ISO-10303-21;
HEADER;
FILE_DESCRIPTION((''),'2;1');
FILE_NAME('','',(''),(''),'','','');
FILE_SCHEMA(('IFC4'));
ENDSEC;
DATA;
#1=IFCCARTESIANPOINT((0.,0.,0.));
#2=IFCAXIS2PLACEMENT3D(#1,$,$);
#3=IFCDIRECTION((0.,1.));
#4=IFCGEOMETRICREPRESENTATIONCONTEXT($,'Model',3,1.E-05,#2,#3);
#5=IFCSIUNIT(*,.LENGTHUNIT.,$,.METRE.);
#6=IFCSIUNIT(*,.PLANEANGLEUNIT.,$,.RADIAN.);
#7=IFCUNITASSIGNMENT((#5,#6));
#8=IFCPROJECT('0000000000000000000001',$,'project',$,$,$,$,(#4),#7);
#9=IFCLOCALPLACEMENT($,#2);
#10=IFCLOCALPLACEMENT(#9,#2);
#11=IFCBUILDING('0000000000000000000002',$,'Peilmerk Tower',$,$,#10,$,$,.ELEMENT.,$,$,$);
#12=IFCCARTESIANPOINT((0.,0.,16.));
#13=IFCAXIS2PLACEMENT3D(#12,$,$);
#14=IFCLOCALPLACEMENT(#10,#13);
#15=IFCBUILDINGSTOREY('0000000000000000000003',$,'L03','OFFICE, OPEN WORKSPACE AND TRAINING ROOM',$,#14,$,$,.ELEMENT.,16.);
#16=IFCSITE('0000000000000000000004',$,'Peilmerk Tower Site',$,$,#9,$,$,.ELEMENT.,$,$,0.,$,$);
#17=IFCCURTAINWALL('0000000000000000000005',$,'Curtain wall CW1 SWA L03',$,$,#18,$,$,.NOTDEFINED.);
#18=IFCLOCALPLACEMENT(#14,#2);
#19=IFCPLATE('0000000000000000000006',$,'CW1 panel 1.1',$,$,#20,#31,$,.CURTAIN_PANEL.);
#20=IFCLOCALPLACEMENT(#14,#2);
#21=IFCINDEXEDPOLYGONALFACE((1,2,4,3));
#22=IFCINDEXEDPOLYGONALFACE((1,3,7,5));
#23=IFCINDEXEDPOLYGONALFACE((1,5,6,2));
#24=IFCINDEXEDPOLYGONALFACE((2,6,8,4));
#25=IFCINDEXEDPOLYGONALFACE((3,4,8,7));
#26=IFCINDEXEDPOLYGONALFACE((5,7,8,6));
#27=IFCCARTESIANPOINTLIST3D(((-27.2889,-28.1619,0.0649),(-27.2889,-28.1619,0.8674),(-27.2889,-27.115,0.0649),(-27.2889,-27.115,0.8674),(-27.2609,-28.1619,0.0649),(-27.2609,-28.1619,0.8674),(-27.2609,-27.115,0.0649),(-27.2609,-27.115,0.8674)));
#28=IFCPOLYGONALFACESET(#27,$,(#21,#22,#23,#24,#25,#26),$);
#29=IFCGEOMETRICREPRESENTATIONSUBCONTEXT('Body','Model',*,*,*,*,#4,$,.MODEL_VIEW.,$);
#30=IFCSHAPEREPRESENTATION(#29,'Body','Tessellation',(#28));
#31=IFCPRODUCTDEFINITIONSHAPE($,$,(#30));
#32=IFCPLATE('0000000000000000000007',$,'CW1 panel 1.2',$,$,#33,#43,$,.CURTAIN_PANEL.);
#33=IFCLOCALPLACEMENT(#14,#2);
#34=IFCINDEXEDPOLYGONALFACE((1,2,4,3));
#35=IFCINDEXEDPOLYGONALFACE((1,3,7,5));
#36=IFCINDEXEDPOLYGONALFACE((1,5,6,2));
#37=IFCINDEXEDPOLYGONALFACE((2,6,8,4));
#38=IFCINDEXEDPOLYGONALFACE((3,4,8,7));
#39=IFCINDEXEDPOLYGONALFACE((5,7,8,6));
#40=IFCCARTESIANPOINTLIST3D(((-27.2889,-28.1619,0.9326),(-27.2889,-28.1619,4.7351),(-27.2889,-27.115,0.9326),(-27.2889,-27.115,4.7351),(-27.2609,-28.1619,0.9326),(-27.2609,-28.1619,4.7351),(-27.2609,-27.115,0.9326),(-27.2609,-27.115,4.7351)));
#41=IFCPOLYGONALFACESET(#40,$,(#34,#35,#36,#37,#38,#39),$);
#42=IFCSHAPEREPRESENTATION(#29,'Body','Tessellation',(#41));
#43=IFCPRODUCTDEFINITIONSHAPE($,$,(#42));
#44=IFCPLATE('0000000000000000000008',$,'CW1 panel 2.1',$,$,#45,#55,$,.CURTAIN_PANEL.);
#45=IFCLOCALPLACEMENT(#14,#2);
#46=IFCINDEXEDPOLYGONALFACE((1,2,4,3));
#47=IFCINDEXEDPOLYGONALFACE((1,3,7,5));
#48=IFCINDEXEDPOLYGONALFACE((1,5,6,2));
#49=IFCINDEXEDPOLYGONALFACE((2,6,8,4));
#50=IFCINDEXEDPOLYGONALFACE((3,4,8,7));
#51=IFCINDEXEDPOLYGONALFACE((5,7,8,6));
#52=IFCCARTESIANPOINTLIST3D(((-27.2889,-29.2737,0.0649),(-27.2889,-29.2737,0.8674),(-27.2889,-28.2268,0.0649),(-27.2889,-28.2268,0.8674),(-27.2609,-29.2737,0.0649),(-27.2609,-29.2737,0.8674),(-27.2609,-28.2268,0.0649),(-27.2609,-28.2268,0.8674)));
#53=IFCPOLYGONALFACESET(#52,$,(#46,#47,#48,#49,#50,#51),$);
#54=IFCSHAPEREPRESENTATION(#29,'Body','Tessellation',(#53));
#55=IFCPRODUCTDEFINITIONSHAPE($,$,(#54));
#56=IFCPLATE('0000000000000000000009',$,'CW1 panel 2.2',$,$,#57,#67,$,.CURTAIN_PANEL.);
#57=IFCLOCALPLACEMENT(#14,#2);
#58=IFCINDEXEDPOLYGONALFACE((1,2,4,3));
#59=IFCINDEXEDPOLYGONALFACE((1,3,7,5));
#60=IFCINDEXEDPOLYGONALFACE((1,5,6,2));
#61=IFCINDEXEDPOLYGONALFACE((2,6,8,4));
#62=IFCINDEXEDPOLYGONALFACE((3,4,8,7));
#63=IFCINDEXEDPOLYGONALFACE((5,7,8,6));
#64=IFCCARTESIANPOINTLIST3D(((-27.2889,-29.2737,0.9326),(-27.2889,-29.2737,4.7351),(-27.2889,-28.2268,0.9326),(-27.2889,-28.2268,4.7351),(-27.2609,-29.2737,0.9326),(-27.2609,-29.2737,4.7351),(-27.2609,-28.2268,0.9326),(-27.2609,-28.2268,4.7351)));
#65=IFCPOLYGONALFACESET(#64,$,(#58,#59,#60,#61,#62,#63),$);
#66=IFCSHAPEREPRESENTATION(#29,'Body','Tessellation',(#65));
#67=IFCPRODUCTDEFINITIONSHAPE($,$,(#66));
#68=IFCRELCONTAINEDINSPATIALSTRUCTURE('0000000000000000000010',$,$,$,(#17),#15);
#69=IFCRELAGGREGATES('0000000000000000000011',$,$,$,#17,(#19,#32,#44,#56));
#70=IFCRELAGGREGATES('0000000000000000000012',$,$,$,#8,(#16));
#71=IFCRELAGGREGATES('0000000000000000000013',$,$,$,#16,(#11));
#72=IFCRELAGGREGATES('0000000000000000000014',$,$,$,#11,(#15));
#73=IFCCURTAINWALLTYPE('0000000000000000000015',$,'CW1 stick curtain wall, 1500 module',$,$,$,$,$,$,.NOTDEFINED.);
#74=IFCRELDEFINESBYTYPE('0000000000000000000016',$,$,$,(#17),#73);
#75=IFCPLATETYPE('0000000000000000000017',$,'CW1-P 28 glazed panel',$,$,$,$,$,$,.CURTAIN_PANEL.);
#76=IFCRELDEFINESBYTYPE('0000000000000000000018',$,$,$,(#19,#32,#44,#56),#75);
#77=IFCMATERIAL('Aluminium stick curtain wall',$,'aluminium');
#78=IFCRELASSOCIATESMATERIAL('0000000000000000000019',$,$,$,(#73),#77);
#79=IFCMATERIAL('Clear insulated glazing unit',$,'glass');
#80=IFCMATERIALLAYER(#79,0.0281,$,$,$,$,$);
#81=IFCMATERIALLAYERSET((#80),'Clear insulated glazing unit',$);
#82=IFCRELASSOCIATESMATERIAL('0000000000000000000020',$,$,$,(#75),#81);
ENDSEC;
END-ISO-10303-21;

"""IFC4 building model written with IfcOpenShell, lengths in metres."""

from ifc_helpers import new_model, si_unit, direction, frame, origin, origin_2d, place, context, subcontext, project, spatial, rectangle, extrude, material, layer, layer_set, type_object, element, aggregate, save


model = new_model("IFC4")

# Units and contexts
model_context = context("Model", 3, precision=1e-05, world=origin(), true_north=direction((0.0, 1.0)))
body_context = subcontext(model_context, "Body", "Model", "MODEL_VIEW")
ifc_project = project(units=[si_unit("LENGTHUNIT", "METRE"), si_unit("PLANEANGLEUNIT", "RADIAN")], contexts=[model_context])

# Site, building, storey
site_placement = place(None, origin())
site = spatial("IfcSite", under=ifc_project, at=site_placement, Name="Peilmerk Tower Site", CompositionType="ELEMENT", RefElevation=0.0)
building_placement = place(site_placement, origin())
building = spatial("IfcBuilding", under=site, at=building_placement, Name="Peilmerk Tower", CompositionType="ELEMENT")
storey_placement = place(building_placement, frame((0.0, 0.0, 16.0)))
storey = spatial("IfcBuildingStorey", under=building, at=storey_placement, Name="L03", Description="OFFICE, OPEN WORKSPACE AND TRAINING ROOM", CompositionType="ELEMENT", Elevation=16.0)

# Curtain wall
ifc_material_1 = material(Name="Aluminium stick curtain wall", Category="aluminium")
curtain_wall_type = type_object("IfcCurtainWallType", Name="CW1 stick curtain wall, 1500 module", PredefinedType="NOTDEFINED", material=ifc_material_1)
curtain_wall_1_placement = place(storey_placement, origin())
curtain_wall_1 = element("IfcCurtainWall", 1, at=curtain_wall_1_placement, inside=storey, type_object=curtain_wall_type, Name="Curtain wall CW1 SWA L03", PredefinedType="NOTDEFINED")

# Plates
ifc_material_2 = material(Name="Clear insulated glazing unit", Category="glass")
ifc_layer_1 = layer(ifc_material_2, 0.0281)
ifc_layer_set_1 = layer_set([ifc_layer_1], Name="Clear insulated glazing unit")
plate_type = type_object("IfcPlateType", Name="CW1-P 28 glazed panel", PredefinedType="CURTAIN_PANEL", material=ifc_layer_set_1)
plate_1_placement = place(storey_placement, frame((-27.2749, -27.6384, 0.0649), z_axis=(0.0, 0.0, 1.0), x_axis=(0.0, -1.0, 0.0)))
plate_1 = element("IfcPlate", 2, at=plate_1_placement, type_object=plate_type, Name="CW1 panel 1.1", PredefinedType="CURTAIN_PANEL", context=body_context, shape_type="SweptSolid", body=[
    extrude(rectangle(XDim=1.0469, YDim=0.0281, at=origin_2d()), origin(), (0.0, 0.0, 1.0), 0.8025),
])
plate_2_placement = place(storey_placement, frame((-27.2749, -27.6384, 0.9326), z_axis=(0.0, 0.0, 1.0), x_axis=(0.0, -1.0, 0.0)))
plate_2 = element("IfcPlate", 3, at=plate_2_placement, type_object=plate_type, Name="CW1 panel 1.2", PredefinedType="CURTAIN_PANEL", context=body_context, shape_type="SweptSolid", body=[
    extrude(rectangle(XDim=1.0469, YDim=0.0281, at=origin_2d()), origin(), (0.0, 0.0, 1.0), 3.8025),
])
plate_3_placement = place(storey_placement, frame((-27.2749, -28.7502, 0.0649), z_axis=(0.0, 0.0, 1.0), x_axis=(0.0, -1.0, 0.0)))
plate_3 = element("IfcPlate", 4, at=plate_3_placement, type_object=plate_type, Name="CW1 panel 2.1", PredefinedType="CURTAIN_PANEL", context=body_context, shape_type="SweptSolid", body=[
    extrude(rectangle(XDim=1.0469, YDim=0.0281, at=origin_2d()), origin(), (0.0, 0.0, 1.0), 0.8025),
])
plate_4_placement = place(storey_placement, frame((-27.2749, -28.7502, 0.9326), z_axis=(0.0, 0.0, 1.0), x_axis=(0.0, -1.0, 0.0)))
plate_4 = element("IfcPlate", 5, at=plate_4_placement, type_object=plate_type, Name="CW1 panel 2.2", PredefinedType="CURTAIN_PANEL", context=body_context, shape_type="SweptSolid", body=[
    extrude(rectangle(XDim=1.0469, YDim=0.0281, at=origin_2d()), origin(), (0.0, 0.0, 1.0), 3.8025),
])
aggregate(curtain_wall_1, [plate_1, plate_2, plate_3, plate_4])

save(model, "model.ifc")
